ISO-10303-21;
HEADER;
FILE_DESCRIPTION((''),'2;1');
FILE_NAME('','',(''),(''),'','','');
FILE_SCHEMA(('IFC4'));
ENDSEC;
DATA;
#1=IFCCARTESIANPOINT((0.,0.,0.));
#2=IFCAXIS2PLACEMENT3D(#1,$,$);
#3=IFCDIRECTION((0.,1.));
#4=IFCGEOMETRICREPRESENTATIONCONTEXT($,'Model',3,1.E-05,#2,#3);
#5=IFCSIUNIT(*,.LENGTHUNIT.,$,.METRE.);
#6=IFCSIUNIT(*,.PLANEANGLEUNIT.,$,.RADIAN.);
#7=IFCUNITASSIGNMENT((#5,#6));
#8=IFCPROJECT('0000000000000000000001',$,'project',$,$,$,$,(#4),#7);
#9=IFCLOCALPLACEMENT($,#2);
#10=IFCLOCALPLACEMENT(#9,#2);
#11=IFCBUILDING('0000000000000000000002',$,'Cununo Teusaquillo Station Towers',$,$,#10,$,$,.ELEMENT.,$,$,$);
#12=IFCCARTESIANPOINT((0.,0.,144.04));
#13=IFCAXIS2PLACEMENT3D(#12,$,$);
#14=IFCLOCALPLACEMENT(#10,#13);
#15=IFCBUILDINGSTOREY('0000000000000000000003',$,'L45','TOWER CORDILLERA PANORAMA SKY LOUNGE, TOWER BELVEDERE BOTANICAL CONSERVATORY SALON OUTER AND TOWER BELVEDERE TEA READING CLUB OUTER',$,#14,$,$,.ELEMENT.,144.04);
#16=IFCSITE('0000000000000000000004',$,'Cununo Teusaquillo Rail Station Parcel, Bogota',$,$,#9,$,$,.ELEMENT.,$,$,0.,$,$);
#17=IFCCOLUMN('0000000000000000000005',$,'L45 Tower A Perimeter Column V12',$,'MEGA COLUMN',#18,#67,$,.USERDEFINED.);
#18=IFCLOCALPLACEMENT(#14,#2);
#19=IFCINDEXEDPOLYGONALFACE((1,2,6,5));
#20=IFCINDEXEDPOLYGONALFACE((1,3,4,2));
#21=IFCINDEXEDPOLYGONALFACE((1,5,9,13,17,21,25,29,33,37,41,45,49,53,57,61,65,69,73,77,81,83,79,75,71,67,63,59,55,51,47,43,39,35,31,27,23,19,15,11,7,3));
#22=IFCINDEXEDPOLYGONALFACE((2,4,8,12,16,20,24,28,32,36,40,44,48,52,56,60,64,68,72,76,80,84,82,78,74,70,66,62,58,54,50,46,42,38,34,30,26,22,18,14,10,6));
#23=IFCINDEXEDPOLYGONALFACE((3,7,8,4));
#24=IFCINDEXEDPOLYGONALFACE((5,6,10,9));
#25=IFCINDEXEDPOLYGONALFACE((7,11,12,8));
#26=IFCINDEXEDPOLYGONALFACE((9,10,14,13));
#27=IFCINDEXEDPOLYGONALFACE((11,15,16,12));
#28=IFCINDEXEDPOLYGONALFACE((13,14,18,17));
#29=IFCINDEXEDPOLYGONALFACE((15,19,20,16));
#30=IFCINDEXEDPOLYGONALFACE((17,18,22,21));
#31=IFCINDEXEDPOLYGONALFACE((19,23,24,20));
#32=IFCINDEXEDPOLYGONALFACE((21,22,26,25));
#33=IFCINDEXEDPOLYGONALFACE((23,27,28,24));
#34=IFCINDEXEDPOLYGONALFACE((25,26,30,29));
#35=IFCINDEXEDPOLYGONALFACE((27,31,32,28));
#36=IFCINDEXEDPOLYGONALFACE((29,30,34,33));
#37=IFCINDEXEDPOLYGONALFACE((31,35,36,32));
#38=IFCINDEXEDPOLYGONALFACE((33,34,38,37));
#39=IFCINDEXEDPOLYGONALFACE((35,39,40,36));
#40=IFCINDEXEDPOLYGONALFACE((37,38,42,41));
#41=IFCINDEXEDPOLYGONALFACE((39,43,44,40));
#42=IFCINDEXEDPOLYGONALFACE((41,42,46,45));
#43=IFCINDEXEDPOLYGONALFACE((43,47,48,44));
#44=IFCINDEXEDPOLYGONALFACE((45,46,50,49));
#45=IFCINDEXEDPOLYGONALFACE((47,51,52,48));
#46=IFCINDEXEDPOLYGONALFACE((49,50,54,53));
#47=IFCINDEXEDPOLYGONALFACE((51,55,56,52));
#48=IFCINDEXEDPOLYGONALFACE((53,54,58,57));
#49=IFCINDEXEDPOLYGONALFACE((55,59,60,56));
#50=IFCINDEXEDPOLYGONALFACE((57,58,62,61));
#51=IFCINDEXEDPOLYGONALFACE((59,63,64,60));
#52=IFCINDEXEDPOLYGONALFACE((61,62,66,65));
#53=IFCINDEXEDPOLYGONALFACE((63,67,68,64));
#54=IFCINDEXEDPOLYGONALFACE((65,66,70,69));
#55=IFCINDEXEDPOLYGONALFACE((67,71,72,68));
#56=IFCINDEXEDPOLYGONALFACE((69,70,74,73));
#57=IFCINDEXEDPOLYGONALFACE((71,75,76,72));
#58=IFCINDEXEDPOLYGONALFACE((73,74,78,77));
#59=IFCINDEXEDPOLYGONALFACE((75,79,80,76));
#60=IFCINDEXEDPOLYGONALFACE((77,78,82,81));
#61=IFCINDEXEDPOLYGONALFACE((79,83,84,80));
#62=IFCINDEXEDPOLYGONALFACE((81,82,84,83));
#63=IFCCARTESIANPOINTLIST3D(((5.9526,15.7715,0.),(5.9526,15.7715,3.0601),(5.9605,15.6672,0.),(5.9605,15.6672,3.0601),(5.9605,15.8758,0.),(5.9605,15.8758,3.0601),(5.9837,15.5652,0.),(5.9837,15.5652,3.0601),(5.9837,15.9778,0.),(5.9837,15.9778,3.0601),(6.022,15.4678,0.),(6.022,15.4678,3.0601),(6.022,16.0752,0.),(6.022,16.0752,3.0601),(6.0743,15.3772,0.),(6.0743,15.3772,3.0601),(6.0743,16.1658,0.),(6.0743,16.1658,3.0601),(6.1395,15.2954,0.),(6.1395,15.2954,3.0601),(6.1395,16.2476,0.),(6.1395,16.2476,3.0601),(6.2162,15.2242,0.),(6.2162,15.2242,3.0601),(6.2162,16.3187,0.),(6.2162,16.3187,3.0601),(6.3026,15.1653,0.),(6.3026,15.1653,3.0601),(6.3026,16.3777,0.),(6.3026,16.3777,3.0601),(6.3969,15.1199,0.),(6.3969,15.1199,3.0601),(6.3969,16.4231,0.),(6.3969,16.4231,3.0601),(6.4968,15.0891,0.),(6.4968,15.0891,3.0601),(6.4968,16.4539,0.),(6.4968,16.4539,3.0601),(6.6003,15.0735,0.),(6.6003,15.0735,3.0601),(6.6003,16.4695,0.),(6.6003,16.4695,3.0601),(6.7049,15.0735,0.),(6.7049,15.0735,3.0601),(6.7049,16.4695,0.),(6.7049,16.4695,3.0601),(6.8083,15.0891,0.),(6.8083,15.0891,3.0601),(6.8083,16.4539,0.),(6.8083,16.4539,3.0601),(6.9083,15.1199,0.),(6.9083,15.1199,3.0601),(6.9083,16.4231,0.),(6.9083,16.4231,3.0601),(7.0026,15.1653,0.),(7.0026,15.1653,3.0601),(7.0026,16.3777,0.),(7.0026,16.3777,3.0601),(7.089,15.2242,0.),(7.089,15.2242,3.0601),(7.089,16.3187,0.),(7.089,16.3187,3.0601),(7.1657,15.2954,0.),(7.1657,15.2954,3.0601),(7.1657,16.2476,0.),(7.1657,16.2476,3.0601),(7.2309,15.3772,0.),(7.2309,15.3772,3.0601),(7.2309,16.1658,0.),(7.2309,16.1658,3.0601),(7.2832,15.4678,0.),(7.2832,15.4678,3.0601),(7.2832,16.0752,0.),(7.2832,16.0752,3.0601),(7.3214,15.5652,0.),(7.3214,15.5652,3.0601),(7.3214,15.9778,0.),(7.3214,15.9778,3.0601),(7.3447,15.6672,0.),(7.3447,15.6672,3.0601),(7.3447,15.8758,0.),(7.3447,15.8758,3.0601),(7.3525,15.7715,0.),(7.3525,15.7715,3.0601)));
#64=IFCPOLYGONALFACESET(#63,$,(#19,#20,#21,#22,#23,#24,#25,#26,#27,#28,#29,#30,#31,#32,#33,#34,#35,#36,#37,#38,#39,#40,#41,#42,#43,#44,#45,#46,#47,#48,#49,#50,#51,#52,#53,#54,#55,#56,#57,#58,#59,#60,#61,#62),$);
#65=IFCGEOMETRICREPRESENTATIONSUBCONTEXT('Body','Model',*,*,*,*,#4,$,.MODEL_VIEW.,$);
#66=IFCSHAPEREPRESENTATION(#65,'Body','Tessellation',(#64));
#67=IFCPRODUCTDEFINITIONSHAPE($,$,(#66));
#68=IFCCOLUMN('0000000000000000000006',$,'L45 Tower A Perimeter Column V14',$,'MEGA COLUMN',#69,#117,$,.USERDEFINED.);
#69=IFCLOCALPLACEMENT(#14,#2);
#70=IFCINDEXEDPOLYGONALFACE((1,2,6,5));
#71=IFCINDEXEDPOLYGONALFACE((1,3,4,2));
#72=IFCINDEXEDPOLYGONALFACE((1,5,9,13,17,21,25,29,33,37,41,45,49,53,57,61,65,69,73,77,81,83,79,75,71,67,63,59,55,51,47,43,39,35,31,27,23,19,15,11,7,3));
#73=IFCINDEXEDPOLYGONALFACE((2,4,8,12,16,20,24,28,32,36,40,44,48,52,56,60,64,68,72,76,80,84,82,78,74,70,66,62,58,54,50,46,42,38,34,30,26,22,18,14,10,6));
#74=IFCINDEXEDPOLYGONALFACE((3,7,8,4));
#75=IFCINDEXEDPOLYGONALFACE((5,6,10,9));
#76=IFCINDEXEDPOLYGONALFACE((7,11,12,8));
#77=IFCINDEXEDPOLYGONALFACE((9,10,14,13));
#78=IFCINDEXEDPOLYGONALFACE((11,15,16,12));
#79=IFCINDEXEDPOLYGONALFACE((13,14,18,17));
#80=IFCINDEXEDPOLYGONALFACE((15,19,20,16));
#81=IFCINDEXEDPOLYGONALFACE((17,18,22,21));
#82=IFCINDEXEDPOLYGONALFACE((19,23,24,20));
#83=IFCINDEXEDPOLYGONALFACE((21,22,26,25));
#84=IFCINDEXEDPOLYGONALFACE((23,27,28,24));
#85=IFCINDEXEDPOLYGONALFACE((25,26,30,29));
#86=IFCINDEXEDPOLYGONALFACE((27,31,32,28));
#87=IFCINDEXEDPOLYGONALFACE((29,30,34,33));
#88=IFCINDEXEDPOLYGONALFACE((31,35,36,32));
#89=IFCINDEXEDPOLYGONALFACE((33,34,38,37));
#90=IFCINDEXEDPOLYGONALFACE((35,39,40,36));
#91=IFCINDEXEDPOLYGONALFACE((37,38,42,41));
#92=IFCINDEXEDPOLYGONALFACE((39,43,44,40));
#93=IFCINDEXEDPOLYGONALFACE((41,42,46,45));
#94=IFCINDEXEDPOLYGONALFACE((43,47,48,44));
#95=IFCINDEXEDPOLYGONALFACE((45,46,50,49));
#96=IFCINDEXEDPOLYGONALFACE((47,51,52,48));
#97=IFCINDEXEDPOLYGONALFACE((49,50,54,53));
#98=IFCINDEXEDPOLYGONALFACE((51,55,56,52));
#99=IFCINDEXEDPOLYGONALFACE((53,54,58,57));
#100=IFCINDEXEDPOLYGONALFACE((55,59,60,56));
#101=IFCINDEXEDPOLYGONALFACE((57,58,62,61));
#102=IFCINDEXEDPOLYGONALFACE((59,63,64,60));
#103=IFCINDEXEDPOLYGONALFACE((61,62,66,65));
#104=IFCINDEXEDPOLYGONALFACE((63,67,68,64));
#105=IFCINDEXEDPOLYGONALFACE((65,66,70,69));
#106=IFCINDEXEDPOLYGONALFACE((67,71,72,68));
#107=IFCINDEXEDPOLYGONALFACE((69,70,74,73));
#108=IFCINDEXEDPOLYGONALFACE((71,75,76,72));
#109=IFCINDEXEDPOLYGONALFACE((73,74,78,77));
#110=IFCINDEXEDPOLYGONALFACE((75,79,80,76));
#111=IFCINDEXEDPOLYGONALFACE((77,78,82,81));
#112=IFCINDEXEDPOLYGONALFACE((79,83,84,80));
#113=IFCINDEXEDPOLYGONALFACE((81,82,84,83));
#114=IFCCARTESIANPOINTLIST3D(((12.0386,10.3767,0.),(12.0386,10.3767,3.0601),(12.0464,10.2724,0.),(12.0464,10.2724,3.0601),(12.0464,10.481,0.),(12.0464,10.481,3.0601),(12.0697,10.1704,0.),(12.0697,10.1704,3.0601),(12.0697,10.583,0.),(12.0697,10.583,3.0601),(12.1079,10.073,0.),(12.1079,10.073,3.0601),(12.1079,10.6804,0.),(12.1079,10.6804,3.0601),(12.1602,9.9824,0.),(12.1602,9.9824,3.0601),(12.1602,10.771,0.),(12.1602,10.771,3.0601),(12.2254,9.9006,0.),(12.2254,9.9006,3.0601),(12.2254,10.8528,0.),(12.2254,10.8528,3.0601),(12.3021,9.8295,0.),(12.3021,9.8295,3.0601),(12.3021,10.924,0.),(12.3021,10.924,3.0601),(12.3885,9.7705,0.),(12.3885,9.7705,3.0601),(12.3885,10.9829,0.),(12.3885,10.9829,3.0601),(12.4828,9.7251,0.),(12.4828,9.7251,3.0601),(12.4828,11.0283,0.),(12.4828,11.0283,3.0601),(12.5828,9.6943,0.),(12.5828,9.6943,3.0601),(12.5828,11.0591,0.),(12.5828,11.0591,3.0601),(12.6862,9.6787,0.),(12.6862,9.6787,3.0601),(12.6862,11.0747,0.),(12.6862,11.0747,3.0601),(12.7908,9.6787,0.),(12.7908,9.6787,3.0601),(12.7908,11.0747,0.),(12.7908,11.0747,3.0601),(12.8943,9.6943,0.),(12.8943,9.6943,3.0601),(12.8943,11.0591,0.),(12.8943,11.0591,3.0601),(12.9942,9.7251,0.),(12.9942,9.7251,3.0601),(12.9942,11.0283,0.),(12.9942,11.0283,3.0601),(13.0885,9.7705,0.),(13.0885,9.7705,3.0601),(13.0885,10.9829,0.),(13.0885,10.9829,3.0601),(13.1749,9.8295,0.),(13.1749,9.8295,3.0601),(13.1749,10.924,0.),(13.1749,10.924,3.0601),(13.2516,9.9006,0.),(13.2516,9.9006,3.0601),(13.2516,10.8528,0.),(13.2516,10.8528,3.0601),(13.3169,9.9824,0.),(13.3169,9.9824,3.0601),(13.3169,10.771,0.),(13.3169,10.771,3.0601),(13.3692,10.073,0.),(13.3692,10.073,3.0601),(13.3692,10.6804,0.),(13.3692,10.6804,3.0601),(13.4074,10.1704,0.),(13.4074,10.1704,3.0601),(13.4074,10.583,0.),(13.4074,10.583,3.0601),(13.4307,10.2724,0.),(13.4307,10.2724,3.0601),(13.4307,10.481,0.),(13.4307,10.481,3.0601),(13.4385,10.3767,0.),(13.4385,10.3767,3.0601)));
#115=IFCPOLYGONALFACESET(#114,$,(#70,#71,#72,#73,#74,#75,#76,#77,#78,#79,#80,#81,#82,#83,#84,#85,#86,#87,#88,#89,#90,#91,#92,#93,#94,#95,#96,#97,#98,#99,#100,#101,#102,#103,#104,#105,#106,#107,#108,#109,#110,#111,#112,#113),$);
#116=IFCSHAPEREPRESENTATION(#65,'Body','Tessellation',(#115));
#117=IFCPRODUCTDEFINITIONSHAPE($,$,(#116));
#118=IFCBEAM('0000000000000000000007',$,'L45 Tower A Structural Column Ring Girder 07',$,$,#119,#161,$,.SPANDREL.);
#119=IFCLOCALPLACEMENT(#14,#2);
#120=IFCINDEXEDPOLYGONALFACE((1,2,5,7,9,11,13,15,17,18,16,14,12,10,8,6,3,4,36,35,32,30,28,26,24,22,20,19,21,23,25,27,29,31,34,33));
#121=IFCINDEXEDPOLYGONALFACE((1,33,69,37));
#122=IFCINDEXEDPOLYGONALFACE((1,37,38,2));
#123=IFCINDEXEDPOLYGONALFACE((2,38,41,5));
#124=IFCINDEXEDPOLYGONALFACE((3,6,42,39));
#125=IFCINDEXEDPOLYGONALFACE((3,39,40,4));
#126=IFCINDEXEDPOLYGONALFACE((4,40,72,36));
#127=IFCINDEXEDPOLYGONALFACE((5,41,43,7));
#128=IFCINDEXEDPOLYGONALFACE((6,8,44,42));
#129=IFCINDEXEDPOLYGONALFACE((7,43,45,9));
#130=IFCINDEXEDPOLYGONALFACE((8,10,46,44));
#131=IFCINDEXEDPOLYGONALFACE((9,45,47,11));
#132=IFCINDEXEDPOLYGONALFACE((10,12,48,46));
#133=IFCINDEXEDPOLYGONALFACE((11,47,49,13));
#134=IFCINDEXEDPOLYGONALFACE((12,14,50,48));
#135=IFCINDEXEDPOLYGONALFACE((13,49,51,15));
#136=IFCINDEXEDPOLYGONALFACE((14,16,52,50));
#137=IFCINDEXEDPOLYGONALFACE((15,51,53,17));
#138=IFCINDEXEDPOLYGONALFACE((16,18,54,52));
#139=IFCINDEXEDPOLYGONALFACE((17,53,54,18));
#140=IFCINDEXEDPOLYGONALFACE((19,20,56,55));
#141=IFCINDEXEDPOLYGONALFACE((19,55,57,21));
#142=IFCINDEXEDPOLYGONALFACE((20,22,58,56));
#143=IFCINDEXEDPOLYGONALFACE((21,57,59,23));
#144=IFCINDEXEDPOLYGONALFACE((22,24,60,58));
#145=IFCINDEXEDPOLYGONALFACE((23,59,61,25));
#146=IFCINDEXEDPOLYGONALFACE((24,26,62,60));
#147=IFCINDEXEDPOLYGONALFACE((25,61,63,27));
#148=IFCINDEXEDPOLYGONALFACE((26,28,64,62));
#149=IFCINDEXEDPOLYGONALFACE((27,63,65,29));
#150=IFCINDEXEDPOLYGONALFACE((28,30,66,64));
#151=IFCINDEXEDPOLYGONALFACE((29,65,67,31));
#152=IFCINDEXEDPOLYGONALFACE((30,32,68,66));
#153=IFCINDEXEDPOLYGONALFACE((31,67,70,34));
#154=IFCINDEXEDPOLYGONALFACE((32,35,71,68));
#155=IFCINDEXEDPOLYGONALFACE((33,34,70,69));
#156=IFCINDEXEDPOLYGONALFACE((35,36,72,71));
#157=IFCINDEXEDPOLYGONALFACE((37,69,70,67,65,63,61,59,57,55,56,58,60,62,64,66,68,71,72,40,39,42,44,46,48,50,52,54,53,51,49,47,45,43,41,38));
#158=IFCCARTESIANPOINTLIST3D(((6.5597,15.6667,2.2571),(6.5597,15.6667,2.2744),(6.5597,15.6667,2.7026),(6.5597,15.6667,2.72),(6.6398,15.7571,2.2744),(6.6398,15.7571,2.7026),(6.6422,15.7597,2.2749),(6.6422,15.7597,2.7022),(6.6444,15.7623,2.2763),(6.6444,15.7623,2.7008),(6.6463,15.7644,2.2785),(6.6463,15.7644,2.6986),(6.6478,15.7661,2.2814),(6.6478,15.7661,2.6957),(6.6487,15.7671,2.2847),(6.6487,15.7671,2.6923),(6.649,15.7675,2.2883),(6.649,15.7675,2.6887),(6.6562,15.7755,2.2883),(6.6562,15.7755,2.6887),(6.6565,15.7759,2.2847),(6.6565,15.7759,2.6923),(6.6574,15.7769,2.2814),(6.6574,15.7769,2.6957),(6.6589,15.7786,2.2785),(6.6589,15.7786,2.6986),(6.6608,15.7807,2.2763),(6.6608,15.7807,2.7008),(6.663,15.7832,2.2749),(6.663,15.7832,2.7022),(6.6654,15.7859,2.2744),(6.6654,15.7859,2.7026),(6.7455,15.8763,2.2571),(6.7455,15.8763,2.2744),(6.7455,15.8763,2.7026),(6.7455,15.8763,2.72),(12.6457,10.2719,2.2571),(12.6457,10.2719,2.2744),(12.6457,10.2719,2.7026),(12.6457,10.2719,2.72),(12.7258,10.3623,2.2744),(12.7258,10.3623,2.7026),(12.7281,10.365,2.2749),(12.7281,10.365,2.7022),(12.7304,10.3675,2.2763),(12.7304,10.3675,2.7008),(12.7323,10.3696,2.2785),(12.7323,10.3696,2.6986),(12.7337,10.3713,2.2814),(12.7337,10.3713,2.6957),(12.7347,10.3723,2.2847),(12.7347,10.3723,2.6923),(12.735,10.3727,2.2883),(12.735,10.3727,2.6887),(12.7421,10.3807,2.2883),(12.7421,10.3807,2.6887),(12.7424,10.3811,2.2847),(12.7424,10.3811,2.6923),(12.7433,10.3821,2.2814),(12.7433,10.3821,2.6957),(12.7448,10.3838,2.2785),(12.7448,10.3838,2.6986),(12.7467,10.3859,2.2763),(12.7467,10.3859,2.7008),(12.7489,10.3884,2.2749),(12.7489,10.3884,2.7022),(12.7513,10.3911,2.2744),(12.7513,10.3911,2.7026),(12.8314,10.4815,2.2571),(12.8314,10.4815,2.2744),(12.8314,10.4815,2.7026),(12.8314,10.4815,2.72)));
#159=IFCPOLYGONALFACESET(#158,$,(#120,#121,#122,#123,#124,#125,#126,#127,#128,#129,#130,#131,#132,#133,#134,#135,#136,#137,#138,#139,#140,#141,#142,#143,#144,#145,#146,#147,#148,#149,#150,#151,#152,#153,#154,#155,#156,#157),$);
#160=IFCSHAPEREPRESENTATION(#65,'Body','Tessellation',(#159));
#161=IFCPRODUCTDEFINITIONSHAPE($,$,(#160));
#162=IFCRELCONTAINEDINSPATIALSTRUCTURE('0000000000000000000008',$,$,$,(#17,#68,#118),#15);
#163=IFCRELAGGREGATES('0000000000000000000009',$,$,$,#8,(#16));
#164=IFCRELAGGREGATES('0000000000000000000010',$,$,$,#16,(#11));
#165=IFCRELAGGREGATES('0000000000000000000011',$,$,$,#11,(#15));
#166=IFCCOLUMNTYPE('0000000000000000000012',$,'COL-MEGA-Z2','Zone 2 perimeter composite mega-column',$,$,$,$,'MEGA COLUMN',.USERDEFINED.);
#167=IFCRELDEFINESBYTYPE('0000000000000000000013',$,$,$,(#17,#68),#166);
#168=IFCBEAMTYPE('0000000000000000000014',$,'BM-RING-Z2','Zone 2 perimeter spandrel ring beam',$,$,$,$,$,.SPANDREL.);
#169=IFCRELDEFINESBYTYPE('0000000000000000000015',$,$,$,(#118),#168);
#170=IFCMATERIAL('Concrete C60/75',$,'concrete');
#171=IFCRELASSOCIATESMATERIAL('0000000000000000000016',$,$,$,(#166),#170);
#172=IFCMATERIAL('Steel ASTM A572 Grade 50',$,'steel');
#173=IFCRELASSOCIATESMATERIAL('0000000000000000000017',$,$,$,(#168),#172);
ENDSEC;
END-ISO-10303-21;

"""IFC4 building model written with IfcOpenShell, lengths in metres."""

from ifc_helpers import new_model, si_unit, direction, frame, origin, origin_2d, place, context, subcontext, project, spatial, circle, i_section, extrude, material, material_profile, profile_set, type_object, element, save


model = new_model("IFC4")

# Units and contexts
model_context = context("Model", 3, precision=1e-05, world=origin(), true_north=direction((0.0, 1.0)))
body_context = subcontext(model_context, "Body", "Model", "MODEL_VIEW")
ifc_project = project(units=[si_unit("LENGTHUNIT", "METRE"), si_unit("PLANEANGLEUNIT", "RADIAN")], contexts=[model_context])

# Site, building, storey
site_placement = place(None, origin())
site = spatial("IfcSite", under=ifc_project, at=site_placement, Name="Cununo Teusaquillo Rail Station Parcel, Bogota", CompositionType="ELEMENT", RefElevation=0.0)
building_placement = place(site_placement, origin())
building = spatial("IfcBuilding", under=site, at=building_placement, Name="Cununo Teusaquillo Station Towers", CompositionType="ELEMENT")
storey_placement = place(building_placement, frame((0.0, 0.0, 144.04)))
storey = spatial("IfcBuildingStorey", under=building, at=storey_placement, Name="L45", Description="TOWER CORDILLERA PANORAMA SKY LOUNGE, TOWER BELVEDERE BOTANICAL CONSERVATORY SALON OUTER AND TOWER BELVEDERE TEA READING CLUB OUTER", CompositionType="ELEMENT", Elevation=144.04)

# Columns
ifc_material_1 = material(Name="Concrete C60/75", Category="concrete")
ifc_material_profile_1 = material_profile(ifc_material_1, circle(Radius=0.7, at=origin_2d()), Name="RC-CIRC-1400")
ifc_profile_set_1 = profile_set([ifc_material_profile_1], Name="Concrete C60/75")
column_type = type_object("IfcColumnType", Name="COL-MEGA-Z2", Description="Zone 2 perimeter composite mega-column", ElementType="MEGA COLUMN", PredefinedType="USERDEFINED", material=ifc_profile_set_1)
for number, where, z_axis, x_axis, name in (
    (1, (6.6526, 15.7715, 0.0), (0.0, 0.0, 1.0), (1.0, 0.0, 0.0), "L45 Tower A Perimeter Column V12"),
    (2, (12.7385, 10.3767, 0.0), (0.0, 0.0, 1.0), (1.0, 0.0, 0.0), "L45 Tower A Perimeter Column V14"),
):
    element("IfcColumn", number, at=place(storey_placement, frame(where, z_axis=z_axis, x_axis=x_axis)), inside=storey, type_object=column_type, Name=name, ObjectType="MEGA COLUMN", PredefinedType="USERDEFINED", context=body_context, shape_type="SweptSolid", body=[
        extrude(circle(Radius=0.7, at=origin_2d()), origin(), (0.0, 0.0, 1.0), 3.0601),
    ])

# Beam
ifc_material_2 = material(Name="Steel ASTM A572 Grade 50", Category="steel")
ifc_material_profile_2 = material_profile(ifc_material_2, i_section(OverallWidth=0.28, OverallDepth=0.4629, WebThickness=0.0107, FlangeThickness=0.0173, FilletRadius=0.0139, at=origin_2d()), Name="W18X76")
ifc_profile_set_2 = profile_set([ifc_material_profile_2], Name="Steel ASTM A572 Grade 50")
beam_type = type_object("IfcBeamType", Name="BM-RING-Z2", Description="Zone 2 perimeter spandrel ring beam", PredefinedType="SPANDREL", material=ifc_profile_set_2)
beam_1_placement = place(storey_placement, frame((6.6526, 15.7715, 2.4885), z_axis=(0.748321, -0.663337, 0.0), x_axis=(0.663337, 0.748321, 0.0)))
element("IfcBeam", 3, at=beam_1_placement, inside=storey, type_object=beam_type, Name="L45 Tower A Structural Column Ring Girder 07", PredefinedType="SPANDREL", context=body_context, shape_type="SweptSolid", body=[
    extrude(i_section(OverallWidth=0.28, OverallDepth=0.4629, WebThickness=0.0107, FlangeThickness=0.0173, FilletRadius=0.0139, at=origin_2d()), origin(), (0.0, 0.0, 1.0), 8.1328),
])

save(model, "model.ifc")
